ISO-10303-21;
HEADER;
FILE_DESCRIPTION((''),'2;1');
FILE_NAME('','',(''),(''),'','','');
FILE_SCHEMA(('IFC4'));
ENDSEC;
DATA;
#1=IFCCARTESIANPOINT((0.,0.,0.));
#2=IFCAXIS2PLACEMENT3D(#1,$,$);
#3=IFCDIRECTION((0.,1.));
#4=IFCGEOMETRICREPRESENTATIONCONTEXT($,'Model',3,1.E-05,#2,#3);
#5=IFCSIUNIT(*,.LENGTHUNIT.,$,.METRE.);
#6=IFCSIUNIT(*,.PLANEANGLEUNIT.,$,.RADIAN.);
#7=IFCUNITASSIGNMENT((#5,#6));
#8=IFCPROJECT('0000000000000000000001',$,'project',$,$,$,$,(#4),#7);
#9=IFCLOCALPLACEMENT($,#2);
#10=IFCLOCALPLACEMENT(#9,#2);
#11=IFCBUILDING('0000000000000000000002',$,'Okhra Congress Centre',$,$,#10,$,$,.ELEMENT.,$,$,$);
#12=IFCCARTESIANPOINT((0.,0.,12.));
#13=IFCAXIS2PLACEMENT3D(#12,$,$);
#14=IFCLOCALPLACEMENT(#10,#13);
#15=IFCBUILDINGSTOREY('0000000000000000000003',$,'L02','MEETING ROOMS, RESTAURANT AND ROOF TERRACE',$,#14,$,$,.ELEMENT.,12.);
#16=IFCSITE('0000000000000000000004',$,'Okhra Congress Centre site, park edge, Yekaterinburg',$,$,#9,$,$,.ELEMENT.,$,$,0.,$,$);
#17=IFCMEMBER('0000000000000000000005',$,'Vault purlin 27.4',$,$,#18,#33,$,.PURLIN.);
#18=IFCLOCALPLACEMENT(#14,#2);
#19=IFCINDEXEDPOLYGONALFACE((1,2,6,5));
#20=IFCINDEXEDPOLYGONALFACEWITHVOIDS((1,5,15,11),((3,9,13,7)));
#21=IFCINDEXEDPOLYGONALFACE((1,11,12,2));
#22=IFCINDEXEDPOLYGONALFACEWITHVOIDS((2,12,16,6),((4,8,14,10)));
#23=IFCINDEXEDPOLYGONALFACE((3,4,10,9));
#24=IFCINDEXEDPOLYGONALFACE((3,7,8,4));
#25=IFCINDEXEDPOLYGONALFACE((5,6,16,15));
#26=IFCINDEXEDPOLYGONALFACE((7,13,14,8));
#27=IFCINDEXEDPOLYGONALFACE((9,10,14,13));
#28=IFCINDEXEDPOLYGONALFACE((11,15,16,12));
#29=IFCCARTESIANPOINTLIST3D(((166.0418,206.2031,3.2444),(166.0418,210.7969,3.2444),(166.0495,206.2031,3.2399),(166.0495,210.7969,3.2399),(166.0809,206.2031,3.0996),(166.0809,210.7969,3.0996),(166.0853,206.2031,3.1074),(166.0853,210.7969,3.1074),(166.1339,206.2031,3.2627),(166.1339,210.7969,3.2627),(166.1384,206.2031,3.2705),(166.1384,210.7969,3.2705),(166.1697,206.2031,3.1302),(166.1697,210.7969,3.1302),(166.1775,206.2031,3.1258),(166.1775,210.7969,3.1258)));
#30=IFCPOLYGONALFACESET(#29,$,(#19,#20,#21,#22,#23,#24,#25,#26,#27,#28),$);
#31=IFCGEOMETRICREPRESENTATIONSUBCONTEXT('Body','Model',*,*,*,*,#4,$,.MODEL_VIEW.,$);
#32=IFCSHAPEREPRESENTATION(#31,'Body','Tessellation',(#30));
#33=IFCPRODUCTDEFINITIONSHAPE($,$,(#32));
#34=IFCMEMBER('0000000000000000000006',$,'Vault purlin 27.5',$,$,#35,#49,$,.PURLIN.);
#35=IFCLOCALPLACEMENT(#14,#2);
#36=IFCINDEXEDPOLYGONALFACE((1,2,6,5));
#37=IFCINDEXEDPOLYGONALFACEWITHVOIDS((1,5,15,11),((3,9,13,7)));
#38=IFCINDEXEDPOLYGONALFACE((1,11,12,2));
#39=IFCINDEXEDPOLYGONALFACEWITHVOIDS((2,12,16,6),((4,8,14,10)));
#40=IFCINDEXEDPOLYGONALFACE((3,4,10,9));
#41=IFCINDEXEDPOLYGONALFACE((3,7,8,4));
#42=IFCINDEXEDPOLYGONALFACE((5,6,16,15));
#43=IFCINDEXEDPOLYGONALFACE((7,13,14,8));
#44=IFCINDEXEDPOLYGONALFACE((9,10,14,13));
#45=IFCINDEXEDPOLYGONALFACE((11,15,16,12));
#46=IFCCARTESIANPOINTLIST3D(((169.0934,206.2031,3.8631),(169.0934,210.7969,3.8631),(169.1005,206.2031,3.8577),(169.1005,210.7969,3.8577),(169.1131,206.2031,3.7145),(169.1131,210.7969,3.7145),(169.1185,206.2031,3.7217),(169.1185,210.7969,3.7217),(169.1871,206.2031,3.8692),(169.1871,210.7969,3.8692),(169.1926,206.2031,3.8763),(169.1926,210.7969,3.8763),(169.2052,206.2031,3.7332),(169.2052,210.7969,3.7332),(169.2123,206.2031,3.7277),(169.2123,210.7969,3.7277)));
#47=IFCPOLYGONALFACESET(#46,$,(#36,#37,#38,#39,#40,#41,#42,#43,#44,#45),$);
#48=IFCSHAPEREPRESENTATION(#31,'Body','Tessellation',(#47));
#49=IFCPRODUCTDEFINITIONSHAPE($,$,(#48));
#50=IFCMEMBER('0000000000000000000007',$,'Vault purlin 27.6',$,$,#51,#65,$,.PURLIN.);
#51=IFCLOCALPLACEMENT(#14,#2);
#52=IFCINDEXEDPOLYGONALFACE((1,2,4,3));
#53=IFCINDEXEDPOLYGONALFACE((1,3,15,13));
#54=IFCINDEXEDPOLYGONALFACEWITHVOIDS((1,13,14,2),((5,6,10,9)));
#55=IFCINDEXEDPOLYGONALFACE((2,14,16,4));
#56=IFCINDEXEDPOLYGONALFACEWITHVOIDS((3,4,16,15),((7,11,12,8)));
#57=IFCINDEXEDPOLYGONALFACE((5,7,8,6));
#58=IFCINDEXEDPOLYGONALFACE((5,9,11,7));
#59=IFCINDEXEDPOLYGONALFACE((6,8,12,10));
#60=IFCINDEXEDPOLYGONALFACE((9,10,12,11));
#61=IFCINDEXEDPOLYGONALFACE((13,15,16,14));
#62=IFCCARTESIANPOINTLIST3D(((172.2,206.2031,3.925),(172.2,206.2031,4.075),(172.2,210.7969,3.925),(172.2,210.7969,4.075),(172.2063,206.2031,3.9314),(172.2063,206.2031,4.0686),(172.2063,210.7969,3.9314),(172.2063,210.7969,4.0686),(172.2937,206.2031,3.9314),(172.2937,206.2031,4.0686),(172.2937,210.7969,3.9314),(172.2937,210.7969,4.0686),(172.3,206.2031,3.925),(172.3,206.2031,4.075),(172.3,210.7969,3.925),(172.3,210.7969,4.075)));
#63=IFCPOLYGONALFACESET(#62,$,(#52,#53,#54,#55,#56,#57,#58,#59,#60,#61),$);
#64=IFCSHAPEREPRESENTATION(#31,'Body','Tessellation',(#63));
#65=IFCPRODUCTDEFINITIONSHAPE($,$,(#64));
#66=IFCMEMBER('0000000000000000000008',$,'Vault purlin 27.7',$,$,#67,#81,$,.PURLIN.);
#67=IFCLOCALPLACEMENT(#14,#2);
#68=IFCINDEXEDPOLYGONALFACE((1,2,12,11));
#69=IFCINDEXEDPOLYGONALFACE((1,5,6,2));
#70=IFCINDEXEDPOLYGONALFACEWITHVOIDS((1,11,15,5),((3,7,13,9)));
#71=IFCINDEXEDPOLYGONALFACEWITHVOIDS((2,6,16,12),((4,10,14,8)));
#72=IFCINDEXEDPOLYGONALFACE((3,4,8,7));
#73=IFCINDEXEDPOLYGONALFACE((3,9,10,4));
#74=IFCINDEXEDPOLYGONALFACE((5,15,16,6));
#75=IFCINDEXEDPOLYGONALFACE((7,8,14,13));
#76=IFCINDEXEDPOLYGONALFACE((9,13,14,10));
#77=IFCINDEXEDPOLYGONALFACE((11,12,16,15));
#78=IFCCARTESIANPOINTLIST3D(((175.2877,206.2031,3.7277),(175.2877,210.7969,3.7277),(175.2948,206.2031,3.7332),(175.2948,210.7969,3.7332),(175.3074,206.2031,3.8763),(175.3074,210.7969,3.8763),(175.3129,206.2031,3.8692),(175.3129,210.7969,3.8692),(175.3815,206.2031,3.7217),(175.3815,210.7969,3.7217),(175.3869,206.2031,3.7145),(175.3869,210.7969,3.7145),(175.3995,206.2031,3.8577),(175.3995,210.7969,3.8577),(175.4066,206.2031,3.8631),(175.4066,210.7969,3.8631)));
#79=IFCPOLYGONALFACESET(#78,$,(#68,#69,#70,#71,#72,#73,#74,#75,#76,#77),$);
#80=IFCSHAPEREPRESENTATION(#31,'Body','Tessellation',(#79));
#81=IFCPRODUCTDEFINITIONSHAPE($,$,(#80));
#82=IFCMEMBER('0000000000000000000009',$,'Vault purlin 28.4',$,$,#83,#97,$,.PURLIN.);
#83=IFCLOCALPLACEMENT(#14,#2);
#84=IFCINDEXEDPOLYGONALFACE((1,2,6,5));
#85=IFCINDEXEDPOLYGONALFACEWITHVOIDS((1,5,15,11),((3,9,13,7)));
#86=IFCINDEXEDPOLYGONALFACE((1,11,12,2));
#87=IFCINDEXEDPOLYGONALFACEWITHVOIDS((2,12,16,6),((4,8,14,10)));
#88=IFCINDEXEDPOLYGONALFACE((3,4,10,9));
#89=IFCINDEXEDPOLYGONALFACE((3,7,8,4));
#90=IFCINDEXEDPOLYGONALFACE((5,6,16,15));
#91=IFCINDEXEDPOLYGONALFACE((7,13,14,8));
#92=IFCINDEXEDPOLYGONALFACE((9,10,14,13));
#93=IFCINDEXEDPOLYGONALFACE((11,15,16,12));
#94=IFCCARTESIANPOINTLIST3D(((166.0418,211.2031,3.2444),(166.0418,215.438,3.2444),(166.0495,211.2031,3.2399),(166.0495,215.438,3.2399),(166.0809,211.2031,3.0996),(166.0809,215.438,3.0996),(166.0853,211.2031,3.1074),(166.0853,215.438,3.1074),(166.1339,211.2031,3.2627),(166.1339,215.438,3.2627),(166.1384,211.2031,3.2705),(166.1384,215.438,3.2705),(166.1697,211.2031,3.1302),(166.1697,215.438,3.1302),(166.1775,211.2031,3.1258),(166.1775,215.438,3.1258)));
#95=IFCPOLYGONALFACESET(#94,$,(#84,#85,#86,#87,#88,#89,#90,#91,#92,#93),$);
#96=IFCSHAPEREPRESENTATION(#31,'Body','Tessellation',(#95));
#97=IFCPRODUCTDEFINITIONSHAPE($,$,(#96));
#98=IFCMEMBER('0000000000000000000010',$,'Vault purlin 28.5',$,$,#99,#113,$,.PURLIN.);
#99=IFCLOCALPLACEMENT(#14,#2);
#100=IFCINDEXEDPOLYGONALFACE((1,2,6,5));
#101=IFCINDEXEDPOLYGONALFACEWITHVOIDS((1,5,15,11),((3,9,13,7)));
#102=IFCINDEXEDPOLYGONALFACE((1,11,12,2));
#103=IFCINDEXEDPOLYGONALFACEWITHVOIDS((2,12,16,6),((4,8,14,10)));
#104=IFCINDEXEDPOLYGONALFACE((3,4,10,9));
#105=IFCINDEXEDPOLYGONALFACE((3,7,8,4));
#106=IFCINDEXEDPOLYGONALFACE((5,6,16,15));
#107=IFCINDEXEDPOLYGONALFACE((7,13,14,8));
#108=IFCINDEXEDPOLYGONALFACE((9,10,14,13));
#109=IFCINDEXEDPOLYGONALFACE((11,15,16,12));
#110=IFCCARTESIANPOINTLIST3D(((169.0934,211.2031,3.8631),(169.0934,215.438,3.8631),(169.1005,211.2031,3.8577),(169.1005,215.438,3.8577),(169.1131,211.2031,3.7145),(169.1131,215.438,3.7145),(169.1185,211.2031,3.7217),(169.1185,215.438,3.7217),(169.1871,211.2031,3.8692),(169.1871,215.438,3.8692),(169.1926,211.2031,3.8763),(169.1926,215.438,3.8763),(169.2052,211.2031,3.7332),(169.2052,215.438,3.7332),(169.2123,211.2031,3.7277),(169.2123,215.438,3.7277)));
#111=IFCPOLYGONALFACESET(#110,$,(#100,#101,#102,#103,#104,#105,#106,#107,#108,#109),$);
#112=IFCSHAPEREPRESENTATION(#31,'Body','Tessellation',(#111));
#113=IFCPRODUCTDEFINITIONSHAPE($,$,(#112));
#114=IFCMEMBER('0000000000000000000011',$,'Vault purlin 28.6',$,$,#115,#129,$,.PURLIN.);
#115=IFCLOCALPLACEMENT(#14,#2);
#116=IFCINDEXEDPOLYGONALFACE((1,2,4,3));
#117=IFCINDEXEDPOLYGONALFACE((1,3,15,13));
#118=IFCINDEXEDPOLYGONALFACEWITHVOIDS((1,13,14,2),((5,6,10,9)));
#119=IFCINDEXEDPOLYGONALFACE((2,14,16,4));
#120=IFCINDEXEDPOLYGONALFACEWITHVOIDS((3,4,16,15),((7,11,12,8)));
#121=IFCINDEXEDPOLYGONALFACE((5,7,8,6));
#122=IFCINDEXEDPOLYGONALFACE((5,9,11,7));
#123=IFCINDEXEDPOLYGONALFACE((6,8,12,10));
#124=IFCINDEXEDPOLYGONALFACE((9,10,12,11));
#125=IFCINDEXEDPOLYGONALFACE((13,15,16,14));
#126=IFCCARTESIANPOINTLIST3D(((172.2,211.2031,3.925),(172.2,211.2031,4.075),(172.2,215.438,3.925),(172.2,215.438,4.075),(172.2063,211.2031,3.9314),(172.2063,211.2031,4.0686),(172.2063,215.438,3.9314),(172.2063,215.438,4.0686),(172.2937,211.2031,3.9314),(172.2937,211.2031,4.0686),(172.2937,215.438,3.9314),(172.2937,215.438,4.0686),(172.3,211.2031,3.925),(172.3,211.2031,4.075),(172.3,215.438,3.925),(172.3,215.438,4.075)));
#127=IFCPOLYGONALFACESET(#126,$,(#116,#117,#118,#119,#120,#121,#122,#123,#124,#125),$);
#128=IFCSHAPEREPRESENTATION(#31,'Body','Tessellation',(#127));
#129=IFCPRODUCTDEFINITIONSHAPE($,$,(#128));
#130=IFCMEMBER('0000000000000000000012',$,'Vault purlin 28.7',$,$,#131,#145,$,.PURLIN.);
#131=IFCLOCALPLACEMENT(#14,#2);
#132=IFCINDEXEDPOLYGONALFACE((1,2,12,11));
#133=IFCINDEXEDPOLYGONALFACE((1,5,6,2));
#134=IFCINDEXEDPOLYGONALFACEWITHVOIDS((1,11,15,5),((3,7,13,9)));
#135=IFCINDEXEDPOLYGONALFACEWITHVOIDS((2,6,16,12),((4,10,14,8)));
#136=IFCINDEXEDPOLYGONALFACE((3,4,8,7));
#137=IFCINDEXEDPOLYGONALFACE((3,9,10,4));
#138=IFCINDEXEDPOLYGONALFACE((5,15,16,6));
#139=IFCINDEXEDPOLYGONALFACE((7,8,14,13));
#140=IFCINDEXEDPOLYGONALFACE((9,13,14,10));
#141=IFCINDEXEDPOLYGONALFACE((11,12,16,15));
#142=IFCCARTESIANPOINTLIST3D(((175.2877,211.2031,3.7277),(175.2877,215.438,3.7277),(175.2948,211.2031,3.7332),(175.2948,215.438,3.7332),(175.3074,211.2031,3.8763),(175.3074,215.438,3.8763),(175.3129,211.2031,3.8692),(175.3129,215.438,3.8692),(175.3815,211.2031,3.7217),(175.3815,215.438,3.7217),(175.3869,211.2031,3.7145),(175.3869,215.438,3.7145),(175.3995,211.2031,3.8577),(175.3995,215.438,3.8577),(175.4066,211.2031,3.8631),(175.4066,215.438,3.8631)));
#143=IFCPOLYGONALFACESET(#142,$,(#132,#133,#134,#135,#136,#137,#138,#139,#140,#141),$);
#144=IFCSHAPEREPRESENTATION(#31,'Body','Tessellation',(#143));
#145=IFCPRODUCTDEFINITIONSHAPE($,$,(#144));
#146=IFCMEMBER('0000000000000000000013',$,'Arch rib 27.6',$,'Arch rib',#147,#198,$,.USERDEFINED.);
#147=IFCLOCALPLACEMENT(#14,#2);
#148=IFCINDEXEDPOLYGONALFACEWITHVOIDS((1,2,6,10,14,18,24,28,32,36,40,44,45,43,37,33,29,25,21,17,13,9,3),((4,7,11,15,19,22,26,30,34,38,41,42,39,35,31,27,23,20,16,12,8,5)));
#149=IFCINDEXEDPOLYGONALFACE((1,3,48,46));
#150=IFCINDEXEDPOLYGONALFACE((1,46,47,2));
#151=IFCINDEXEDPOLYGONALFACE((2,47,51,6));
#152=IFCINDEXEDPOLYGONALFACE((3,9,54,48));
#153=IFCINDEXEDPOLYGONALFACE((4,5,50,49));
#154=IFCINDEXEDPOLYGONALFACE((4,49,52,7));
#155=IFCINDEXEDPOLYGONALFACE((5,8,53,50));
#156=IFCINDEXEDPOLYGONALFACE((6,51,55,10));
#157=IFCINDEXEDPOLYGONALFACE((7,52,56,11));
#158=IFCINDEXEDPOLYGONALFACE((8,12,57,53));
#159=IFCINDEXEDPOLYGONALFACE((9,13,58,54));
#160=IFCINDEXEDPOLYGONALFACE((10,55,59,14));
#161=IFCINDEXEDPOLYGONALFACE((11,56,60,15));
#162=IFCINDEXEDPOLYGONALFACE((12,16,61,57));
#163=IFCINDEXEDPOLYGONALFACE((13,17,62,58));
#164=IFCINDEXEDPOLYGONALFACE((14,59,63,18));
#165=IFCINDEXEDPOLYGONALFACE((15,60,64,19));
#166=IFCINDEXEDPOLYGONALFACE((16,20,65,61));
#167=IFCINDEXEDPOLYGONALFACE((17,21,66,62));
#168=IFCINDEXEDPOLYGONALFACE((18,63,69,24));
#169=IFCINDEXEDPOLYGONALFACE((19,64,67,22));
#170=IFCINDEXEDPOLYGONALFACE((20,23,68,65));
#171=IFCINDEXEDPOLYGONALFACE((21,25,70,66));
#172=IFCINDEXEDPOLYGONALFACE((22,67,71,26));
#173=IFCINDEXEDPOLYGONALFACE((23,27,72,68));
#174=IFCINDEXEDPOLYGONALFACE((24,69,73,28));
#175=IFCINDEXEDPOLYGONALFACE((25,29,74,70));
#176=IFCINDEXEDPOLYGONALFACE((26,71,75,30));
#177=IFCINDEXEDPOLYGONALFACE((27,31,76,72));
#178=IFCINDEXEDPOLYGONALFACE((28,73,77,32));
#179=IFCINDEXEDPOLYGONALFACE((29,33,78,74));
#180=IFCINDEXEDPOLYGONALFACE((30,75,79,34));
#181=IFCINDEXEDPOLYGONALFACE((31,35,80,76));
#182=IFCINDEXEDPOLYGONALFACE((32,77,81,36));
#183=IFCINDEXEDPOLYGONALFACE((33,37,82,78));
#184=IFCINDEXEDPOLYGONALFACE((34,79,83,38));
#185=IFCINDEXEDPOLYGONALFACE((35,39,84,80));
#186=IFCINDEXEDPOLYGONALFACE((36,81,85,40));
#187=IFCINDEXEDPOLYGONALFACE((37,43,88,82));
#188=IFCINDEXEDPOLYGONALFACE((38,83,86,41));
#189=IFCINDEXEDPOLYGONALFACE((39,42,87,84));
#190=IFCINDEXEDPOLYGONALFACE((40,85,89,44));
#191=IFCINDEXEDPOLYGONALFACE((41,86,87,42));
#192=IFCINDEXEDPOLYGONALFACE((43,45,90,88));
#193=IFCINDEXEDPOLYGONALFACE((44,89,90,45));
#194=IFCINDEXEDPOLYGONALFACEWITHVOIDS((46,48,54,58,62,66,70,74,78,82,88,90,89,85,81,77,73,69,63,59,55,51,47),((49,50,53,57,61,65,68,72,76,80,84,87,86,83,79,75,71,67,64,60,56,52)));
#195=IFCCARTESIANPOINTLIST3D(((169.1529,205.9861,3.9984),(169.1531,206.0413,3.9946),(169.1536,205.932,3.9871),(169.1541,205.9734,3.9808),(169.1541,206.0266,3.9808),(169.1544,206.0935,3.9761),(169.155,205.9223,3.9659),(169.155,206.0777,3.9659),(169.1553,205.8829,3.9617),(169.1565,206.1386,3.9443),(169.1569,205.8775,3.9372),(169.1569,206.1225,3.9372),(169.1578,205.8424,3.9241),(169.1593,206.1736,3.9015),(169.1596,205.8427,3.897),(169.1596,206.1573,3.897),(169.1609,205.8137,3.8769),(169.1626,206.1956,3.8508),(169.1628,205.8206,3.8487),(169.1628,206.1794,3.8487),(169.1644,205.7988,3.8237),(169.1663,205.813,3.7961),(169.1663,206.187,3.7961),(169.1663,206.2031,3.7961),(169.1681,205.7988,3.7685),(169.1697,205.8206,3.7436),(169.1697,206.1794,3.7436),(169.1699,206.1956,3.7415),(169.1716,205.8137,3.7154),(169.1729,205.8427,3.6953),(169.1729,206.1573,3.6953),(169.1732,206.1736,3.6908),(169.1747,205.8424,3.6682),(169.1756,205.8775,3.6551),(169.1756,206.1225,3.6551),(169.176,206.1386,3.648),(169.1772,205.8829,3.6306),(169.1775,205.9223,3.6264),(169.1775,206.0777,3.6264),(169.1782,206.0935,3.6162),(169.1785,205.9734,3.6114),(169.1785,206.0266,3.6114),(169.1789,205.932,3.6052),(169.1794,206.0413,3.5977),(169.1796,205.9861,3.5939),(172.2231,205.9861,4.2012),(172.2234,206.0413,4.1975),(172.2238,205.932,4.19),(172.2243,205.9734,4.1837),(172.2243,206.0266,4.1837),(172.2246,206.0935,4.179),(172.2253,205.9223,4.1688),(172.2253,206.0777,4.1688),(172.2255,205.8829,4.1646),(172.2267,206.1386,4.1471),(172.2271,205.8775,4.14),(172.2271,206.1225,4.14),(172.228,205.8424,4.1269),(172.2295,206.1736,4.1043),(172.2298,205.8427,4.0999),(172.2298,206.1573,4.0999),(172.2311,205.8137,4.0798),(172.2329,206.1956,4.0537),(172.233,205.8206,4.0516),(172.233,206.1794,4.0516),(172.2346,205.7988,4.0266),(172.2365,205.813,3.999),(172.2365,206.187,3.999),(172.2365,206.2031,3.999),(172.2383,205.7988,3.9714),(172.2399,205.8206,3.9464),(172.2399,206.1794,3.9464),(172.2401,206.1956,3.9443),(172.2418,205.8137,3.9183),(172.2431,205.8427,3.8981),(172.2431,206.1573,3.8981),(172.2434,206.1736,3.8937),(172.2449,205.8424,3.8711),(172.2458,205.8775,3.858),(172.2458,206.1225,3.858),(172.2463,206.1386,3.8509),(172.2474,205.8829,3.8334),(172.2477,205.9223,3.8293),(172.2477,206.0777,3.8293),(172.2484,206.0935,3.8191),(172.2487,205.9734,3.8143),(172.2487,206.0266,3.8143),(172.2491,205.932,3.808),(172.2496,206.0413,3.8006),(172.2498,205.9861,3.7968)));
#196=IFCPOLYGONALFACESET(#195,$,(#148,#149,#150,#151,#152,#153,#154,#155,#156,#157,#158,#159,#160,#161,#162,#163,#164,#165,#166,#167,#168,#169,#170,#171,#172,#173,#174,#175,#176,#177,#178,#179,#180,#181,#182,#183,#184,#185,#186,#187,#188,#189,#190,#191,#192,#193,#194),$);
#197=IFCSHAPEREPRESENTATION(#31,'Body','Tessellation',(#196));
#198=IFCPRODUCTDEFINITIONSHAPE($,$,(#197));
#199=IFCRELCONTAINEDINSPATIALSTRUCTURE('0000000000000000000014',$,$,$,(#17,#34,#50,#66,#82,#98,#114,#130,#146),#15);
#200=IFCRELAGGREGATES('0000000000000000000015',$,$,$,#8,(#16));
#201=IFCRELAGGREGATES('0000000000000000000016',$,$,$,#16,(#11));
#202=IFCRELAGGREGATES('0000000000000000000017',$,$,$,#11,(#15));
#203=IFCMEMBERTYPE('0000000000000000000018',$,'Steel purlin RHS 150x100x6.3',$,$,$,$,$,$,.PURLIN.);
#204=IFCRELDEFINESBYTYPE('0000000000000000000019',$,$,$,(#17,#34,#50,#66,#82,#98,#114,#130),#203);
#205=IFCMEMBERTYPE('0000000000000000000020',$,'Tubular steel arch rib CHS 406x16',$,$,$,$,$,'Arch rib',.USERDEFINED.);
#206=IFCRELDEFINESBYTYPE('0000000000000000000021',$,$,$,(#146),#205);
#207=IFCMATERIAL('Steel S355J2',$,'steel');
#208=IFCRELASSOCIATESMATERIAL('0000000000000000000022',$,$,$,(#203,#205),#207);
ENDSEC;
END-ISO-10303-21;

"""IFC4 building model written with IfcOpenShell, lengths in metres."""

from ifc_helpers import new_model, si_unit, direction, frame, origin, origin_2d, place, context, subcontext, project, spatial, hollow_rectangle, hollow_circle, extrude, material, material_profile, profile_set, type_object, element, save


model = new_model("IFC4")

# Units and contexts
model_context = context("Model", 3, precision=1e-05, world=origin(), true_north=direction((0.0, 1.0)))
body_context = subcontext(model_context, "Body", "Model", "MODEL_VIEW")
ifc_project = project(units=[si_unit("LENGTHUNIT", "METRE"), si_unit("PLANEANGLEUNIT", "RADIAN")], contexts=[model_context])

# Site, building, storey
site_placement = place(None, origin())
site = spatial("IfcSite", under=ifc_project, at=site_placement, Name="Okhra Congress Centre site, park edge, Yekaterinburg", CompositionType="ELEMENT", RefElevation=0.0)
building_placement = place(site_placement, origin())
building = spatial("IfcBuilding", under=site, at=building_placement, Name="Okhra Congress Centre", CompositionType="ELEMENT")
storey_placement = place(building_placement, frame((0.0, 0.0, 12.0)))
storey = spatial("IfcBuildingStorey", under=building, at=storey_placement, Name="L02", Description="MEETING ROOMS, RESTAURANT AND ROOF TERRACE", CompositionType="ELEMENT", Elevation=12.0)

# Members
ifc_material_1 = material(Name="Steel S355J2", Category="steel")
ifc_material_profile_1 = material_profile(ifc_material_1, hollow_rectangle(XDim=0.1001, YDim=0.1499, WallThickness=0.0063, at=origin_2d()), Name="RHS 150x100x6.3")
ifc_profile_set_1 = profile_set([ifc_material_profile_1], Name="Steel S355J2")
member_type_1 = type_object("IfcMemberType", Name="Steel purlin RHS 150x100x6.3", PredefinedType="PURLIN", material=ifc_profile_set_1)
for number, where, z_axis, x_axis, name in (
    (1, (166.1096, 206.2031, 3.1851), (0.0, 1.0, 0.0), (-0.96538, 0.0, -0.260848), "Vault purlin 27.4"),
    (2, (169.1528, 206.2031, 3.7954), (0.0, 1.0, 0.0), (-0.991307, 0.0, -0.131568), "Vault purlin 27.5"),
    (3, (172.25, 206.2031, 4.0), (0.0, 1.0, 0.0), (-1.0, 0.0, 0.0), "Vault purlin 27.6"),
    (4, (175.3472, 206.2031, 3.7954), (0.0, 1.0, 0.0), (-0.991307, 0.0, 0.131568), "Vault purlin 27.7"),
):
    element("IfcMember", number, at=place(storey_placement, frame(where, z_axis=z_axis, x_axis=x_axis)), inside=storey, type_object=member_type_1, Name=name, PredefinedType="PURLIN", context=body_context, shape_type="SweptSolid", body=[
        extrude(hollow_rectangle(XDim=0.1001, YDim=0.1499, WallThickness=0.0063, at=origin_2d()), origin(), (0.0, 0.0, 1.0), 4.5938),
    ])
for number, where, z_axis, x_axis, name in (
    (5, (166.1096, 211.2031, 3.1851), (0.0, 1.0, 0.0), (-0.96538, 0.0, -0.260848), "Vault purlin 28.4"),
    (6, (169.1528, 211.2031, 3.7954), (0.0, 1.0, 0.0), (-0.991307, 0.0, -0.131568), "Vault purlin 28.5"),
    (7, (172.25, 211.2031, 4.0), (0.0, 1.0, 0.0), (-1.0, 0.0, 0.0), "Vault purlin 28.6"),
    (8, (175.3472, 211.2031, 3.7954), (0.0, 1.0, 0.0), (-0.991307, 0.0, 0.131568), "Vault purlin 28.7"),
):
    element("IfcMember", number, at=place(storey_placement, frame(where, z_axis=z_axis, x_axis=x_axis)), inside=storey, type_object=member_type_1, Name=name, PredefinedType="PURLIN", context=body_context, shape_type="SweptSolid", body=[
        extrude(hollow_rectangle(XDim=0.1001, YDim=0.1499, WallThickness=0.0063, at=origin_2d()), origin(), (0.0, 0.0, 1.0), 4.2349),
    ])
ifc_material_profile_2 = material_profile(ifc_material_1, hollow_circle(Radius=0.2031, WallThickness=0.0161, at=origin_2d()), Name="CHS 406.4x16")
ifc_profile_set_2 = profile_set([ifc_material_profile_2], Name="Steel S355J2")
member_type_2 = type_object("IfcMemberType", Name="Tubular steel arch rib CHS 406x16", ElementType="Arch rib", PredefinedType="USERDEFINED", material=ifc_profile_set_2)
for number, where, z_axis, x_axis, name in (
    (9, (169.1663, 206.0, 3.7961), (0.997824, 0.0, 0.065934), (0.0, 1.0, 0.0), "Arch rib 27.6"),
):
    element("IfcMember", number, at=place(storey_placement, frame(where, z_axis=z_axis, x_axis=x_axis)), inside=storey, type_object=member_type_2, Name=name, ObjectType="Arch rib", PredefinedType="USERDEFINED", context=body_context, shape_type="SweptSolid", body=[
        extrude(hollow_circle(Radius=0.2031, WallThickness=0.0161, at=origin_2d()), origin(), (0.0, 0.0, 1.0), 3.0769),
    ])

save(model, "model.ifc")
